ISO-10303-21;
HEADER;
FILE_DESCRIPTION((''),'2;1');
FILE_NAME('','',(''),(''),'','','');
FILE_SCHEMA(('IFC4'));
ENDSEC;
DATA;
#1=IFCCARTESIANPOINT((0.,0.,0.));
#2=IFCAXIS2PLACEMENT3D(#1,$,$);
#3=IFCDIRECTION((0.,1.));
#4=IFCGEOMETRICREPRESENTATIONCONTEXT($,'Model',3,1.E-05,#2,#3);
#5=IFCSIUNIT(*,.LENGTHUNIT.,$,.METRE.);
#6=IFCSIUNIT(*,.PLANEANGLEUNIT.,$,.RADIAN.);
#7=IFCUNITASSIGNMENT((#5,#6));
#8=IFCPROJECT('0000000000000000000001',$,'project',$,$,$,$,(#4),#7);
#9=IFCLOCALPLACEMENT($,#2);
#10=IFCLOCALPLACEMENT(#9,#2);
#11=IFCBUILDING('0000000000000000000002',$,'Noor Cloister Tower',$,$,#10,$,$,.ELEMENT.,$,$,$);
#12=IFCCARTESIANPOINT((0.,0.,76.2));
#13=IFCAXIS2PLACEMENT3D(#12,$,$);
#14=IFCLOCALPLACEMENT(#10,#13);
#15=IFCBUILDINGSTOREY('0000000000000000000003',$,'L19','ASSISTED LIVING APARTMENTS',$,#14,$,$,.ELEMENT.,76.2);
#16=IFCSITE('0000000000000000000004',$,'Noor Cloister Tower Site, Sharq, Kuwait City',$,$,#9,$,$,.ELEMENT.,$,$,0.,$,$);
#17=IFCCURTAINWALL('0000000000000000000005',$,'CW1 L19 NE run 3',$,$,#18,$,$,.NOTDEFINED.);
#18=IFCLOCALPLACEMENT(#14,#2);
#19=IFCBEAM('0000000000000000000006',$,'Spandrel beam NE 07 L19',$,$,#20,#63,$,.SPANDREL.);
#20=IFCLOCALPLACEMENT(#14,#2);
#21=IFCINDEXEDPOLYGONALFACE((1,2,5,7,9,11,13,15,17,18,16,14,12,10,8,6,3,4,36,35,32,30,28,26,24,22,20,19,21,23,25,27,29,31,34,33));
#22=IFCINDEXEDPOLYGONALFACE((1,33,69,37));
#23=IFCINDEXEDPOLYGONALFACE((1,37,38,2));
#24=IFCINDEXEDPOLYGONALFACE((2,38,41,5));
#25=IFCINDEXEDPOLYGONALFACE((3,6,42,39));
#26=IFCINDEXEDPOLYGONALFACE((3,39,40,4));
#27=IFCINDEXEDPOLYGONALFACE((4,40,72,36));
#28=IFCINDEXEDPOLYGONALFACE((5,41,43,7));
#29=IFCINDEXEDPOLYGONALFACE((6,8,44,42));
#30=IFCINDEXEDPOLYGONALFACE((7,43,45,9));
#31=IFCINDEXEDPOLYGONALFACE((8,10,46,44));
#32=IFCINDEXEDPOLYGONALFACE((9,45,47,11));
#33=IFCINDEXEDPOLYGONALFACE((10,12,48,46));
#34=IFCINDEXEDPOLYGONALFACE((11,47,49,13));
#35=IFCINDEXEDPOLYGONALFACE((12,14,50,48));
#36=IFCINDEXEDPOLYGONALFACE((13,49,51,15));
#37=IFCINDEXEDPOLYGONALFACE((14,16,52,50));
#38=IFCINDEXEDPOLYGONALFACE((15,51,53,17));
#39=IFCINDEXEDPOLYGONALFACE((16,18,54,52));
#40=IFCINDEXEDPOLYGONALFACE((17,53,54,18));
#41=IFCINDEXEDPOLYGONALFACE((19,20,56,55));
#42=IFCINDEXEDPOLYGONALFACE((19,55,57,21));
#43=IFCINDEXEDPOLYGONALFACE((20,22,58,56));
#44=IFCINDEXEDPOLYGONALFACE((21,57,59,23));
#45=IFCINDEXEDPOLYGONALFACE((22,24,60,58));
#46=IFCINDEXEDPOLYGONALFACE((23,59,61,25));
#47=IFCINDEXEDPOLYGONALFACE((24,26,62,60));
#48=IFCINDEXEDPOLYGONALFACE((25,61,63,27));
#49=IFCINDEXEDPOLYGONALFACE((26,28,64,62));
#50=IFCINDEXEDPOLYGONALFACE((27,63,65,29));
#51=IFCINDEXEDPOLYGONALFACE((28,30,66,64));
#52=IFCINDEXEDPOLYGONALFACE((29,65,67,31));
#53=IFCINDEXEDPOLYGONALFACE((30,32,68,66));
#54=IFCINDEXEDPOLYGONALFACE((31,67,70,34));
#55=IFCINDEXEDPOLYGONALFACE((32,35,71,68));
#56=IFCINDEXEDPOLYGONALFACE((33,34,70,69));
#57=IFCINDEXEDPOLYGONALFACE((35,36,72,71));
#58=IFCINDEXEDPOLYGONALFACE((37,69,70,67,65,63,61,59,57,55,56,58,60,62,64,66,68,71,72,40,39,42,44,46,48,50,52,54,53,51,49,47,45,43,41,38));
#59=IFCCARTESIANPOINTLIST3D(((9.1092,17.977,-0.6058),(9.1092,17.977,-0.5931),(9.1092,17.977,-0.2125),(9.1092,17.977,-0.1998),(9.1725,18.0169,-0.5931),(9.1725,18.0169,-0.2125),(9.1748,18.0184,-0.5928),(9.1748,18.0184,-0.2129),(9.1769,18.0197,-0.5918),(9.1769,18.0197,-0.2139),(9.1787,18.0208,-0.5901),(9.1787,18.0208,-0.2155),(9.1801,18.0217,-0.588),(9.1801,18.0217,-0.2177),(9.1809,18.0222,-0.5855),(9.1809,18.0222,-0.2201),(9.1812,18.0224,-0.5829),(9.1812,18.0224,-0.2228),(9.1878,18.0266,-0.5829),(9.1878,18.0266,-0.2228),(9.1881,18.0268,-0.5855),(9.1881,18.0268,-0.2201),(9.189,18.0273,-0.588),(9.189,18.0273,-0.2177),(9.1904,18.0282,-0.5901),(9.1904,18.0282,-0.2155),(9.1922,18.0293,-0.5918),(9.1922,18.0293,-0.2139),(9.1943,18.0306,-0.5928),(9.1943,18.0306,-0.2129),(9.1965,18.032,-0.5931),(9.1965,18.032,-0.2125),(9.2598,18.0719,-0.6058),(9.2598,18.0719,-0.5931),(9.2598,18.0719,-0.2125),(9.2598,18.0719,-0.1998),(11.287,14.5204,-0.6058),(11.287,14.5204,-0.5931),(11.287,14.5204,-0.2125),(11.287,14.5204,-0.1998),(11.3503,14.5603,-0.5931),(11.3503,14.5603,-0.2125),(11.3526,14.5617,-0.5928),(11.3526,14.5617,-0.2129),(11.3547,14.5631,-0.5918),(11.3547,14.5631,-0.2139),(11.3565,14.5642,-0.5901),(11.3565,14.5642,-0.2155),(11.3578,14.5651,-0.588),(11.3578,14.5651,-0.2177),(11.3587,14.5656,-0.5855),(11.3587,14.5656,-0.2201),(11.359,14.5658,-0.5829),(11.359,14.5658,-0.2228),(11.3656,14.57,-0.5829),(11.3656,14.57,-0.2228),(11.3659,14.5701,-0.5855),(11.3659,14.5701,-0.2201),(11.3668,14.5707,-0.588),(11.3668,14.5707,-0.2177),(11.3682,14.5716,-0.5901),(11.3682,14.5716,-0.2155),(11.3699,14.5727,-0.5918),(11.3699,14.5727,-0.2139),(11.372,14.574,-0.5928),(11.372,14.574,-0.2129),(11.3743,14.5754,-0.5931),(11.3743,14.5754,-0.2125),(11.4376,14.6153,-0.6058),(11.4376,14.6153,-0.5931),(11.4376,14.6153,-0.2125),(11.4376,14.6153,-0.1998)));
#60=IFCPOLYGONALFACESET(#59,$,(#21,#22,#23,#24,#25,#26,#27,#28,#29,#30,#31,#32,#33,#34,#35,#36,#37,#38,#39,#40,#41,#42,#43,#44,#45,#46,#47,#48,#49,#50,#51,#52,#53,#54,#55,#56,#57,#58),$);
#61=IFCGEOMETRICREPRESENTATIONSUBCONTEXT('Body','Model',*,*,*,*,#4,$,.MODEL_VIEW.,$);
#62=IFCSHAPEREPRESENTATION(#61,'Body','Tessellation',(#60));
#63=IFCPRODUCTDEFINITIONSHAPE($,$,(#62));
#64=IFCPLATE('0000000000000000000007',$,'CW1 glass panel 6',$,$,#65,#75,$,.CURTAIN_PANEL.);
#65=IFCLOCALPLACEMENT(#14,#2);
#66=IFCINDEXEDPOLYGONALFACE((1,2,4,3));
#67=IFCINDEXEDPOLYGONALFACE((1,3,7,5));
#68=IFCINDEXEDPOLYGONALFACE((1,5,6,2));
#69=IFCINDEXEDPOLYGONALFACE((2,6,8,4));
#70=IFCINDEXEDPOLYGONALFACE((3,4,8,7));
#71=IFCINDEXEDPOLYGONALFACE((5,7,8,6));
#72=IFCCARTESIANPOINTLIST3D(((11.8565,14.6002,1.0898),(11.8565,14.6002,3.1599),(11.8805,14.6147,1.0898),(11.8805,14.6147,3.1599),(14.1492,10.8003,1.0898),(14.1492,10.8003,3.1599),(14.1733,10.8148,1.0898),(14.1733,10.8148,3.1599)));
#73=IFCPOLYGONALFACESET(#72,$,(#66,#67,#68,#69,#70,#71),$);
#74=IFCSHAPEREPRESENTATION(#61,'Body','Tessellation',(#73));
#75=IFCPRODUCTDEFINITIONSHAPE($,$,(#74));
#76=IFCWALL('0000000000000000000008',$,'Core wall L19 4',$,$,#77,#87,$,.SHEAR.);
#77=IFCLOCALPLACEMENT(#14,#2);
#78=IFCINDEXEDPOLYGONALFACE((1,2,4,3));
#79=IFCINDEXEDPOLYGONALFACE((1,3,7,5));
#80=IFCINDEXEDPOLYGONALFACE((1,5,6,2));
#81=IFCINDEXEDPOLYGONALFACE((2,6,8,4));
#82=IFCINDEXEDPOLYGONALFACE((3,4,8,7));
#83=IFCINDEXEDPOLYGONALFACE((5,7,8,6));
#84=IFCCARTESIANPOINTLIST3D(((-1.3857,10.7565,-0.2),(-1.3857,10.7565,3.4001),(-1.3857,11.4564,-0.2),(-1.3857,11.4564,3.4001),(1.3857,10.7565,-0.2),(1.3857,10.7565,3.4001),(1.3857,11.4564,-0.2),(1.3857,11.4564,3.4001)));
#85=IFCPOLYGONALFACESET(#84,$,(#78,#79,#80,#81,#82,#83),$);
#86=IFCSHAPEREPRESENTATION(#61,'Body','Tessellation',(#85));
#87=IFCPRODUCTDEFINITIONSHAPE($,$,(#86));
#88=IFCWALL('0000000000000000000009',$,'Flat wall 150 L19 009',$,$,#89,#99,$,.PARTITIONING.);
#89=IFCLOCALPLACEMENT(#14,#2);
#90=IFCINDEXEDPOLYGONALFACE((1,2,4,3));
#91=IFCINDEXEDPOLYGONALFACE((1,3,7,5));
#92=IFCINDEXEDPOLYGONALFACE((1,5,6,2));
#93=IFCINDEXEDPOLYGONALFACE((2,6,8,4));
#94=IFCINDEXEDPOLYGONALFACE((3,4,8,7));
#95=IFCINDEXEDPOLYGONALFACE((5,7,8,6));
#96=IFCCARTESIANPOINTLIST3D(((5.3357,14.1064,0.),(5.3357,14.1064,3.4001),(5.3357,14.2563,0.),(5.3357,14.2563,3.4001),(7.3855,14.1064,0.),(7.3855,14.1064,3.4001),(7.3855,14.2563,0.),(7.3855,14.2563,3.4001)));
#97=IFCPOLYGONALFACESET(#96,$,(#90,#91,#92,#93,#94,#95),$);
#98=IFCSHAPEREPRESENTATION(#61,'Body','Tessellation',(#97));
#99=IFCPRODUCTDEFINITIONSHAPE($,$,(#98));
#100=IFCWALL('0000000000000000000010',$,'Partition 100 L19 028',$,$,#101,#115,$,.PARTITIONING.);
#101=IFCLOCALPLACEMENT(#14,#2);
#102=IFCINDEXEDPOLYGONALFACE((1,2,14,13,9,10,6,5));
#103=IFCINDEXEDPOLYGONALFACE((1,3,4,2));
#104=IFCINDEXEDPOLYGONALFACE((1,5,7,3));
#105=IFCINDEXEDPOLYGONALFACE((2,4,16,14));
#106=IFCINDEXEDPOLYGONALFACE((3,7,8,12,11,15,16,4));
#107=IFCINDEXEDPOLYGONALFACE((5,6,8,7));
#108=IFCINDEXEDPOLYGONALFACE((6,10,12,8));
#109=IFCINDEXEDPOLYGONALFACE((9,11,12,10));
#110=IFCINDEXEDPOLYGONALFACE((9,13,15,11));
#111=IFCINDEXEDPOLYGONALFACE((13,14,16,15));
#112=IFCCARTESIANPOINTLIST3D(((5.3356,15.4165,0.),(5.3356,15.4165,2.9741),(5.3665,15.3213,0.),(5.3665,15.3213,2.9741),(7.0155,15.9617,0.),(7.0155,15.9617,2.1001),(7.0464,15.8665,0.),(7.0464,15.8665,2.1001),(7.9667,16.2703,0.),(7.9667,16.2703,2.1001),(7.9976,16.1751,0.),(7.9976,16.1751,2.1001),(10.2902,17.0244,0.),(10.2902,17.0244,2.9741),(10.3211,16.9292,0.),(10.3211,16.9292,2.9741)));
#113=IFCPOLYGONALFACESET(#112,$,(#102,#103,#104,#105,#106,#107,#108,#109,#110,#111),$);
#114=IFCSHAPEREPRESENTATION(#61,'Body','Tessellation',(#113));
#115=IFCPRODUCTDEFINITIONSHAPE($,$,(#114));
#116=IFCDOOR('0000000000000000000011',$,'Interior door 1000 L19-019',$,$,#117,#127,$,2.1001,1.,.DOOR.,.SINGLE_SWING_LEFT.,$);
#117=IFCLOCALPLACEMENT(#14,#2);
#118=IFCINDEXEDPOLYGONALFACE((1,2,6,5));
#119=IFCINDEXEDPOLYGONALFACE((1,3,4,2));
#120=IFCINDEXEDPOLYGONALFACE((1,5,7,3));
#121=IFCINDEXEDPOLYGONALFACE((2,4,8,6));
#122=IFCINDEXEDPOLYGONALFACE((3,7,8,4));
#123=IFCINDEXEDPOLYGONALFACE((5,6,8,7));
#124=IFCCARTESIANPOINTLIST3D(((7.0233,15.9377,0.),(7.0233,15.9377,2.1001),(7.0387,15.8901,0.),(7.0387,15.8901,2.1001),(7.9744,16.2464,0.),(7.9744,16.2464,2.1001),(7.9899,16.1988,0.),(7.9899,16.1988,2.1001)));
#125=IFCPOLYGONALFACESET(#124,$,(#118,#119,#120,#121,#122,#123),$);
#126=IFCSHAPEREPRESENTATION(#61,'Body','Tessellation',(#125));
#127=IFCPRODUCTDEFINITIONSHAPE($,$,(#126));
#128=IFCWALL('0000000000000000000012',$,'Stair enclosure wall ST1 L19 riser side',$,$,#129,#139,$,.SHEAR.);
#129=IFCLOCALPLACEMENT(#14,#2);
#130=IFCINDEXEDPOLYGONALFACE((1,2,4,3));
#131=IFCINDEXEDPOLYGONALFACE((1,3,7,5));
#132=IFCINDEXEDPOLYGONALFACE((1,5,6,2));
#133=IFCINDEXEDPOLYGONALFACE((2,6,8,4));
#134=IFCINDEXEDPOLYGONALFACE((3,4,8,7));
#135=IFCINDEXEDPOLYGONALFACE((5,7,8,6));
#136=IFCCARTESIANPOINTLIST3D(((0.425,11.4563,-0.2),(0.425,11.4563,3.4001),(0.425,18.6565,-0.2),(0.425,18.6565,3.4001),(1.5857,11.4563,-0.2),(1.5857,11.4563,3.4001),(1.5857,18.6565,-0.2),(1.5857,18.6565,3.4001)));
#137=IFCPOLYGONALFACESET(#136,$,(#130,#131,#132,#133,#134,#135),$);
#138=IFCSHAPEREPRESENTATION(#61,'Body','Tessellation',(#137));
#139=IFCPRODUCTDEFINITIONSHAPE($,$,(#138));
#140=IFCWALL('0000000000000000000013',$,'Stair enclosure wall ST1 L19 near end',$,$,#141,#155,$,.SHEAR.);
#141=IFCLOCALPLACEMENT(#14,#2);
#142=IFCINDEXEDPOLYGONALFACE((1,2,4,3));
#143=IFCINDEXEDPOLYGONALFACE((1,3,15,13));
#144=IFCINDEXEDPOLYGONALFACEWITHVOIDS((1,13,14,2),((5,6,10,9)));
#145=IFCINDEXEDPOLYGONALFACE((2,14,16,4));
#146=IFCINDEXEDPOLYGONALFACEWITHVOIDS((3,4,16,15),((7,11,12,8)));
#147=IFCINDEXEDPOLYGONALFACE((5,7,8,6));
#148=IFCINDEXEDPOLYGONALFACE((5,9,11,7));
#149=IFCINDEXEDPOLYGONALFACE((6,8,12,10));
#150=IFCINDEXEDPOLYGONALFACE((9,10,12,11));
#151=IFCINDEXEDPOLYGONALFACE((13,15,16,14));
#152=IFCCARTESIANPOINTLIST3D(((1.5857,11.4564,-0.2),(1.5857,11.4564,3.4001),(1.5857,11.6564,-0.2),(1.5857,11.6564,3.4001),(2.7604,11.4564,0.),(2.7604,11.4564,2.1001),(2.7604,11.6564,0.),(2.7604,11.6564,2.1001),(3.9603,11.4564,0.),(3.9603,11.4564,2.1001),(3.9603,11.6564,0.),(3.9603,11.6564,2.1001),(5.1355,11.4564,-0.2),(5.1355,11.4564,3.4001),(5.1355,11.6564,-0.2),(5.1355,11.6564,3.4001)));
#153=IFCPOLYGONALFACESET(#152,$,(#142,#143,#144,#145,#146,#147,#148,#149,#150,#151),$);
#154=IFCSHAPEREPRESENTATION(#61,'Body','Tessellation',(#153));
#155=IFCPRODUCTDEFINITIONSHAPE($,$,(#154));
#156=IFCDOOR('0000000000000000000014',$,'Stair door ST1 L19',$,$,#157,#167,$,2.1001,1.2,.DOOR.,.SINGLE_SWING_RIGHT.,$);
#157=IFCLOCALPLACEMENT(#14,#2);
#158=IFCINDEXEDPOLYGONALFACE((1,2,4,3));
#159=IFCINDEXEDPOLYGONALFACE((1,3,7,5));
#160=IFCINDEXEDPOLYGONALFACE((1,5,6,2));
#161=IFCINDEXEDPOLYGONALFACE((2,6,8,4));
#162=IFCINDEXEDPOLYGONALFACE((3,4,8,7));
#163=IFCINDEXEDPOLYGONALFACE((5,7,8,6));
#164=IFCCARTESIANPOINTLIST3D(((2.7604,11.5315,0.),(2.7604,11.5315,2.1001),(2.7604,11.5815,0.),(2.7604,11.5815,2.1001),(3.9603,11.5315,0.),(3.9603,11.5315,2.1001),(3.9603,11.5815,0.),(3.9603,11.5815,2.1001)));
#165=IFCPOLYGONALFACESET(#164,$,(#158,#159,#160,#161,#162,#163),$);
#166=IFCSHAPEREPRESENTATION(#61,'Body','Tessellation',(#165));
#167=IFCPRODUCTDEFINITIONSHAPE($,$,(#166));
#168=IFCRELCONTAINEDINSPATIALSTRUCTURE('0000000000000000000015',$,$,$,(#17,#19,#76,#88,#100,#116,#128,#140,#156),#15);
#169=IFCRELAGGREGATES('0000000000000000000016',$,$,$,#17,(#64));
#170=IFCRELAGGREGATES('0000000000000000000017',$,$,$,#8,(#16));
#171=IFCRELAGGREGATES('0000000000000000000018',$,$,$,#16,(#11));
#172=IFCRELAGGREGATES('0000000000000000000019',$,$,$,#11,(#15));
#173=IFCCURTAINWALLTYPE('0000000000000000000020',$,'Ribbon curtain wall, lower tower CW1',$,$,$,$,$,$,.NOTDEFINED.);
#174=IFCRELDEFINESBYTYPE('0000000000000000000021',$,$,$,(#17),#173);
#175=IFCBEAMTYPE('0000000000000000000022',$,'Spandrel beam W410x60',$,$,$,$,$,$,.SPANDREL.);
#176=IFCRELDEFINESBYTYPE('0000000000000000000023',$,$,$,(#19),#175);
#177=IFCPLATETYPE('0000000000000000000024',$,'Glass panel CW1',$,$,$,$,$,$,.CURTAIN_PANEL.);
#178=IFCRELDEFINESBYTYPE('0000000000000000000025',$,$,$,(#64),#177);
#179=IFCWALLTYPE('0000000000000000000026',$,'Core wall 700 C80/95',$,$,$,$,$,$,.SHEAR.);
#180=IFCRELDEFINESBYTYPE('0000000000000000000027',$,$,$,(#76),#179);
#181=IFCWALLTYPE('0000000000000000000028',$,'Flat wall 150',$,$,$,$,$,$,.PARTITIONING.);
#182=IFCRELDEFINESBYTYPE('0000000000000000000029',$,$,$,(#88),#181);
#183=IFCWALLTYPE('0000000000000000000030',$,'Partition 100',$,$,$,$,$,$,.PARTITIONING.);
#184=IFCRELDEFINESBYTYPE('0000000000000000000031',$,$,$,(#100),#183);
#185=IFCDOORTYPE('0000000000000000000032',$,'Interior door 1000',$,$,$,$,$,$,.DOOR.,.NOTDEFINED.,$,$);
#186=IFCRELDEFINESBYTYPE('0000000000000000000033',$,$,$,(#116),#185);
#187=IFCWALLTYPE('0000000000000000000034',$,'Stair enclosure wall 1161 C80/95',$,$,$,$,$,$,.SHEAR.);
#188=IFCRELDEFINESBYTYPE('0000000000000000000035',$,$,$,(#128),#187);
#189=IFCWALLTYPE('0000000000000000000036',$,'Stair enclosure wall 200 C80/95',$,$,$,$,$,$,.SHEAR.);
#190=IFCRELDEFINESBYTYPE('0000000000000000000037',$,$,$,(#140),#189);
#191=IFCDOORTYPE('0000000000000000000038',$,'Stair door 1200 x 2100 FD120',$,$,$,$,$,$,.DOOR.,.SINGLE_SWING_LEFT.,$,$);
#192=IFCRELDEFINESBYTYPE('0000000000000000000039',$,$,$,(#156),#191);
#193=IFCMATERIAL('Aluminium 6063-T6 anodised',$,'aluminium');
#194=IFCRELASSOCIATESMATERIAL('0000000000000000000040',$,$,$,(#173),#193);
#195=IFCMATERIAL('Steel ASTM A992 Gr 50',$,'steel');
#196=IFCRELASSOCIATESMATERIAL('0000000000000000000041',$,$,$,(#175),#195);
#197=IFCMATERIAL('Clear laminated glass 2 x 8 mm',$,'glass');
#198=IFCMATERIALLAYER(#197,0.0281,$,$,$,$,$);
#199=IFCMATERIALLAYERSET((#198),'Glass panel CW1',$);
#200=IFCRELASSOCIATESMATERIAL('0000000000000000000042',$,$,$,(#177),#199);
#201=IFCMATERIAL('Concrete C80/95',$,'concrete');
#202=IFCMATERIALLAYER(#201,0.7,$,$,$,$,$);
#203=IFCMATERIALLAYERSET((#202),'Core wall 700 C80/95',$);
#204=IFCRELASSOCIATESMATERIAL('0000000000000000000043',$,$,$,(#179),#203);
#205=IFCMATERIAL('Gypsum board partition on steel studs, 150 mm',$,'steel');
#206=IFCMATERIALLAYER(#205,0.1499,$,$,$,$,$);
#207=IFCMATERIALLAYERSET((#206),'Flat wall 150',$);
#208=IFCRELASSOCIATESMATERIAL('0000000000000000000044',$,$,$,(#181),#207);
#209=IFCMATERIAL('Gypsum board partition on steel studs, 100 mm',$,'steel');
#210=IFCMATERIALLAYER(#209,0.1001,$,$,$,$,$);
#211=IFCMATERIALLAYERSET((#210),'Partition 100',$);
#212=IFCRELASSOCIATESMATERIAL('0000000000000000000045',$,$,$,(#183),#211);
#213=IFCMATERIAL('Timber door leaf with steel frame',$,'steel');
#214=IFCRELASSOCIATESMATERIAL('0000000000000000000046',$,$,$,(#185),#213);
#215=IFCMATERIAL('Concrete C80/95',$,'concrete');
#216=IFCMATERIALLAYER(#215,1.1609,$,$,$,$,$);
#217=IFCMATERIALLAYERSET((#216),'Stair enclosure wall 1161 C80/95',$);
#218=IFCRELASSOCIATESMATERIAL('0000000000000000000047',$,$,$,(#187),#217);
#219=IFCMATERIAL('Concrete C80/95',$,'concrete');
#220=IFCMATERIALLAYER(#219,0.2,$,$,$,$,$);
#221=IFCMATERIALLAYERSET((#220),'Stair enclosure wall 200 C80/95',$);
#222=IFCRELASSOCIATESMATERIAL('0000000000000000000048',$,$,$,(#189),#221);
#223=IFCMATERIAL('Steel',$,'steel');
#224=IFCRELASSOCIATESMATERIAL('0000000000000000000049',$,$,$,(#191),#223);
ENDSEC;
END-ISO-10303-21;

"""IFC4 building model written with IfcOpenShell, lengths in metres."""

from ifc_helpers import new_model, si_unit, direction, frame, frame_2d, origin, origin_2d, place, context, subcontext, project, spatial, rectangle, i_section, extrude, material, layer, layer_set, material_profile, profile_set, type_object, element, fill, aggregate, save


model = new_model("IFC4")

# Units and contexts
model_context = context("Model", 3, precision=1e-05, world=origin(), true_north=direction((0.0, 1.0)))
body_context = subcontext(model_context, "Body", "Model", "MODEL_VIEW")
ifc_project = project(units=[si_unit("LENGTHUNIT", "METRE"), si_unit("PLANEANGLEUNIT", "RADIAN")], contexts=[model_context])

# Site, building, storey
site_placement = place(None, origin())
site = spatial("IfcSite", under=ifc_project, at=site_placement, Name="Noor Cloister Tower Site, Sharq, Kuwait City", CompositionType="ELEMENT", RefElevation=0.0)
building_placement = place(site_placement, origin())
building = spatial("IfcBuilding", under=site, at=building_placement, Name="Noor Cloister Tower", CompositionType="ELEMENT")
storey_placement = place(building_placement, frame((0.0, 0.0, 76.2)))
storey = spatial("IfcBuildingStorey", under=building, at=storey_placement, Name="L19", Description="ASSISTED LIVING APARTMENTS", CompositionType="ELEMENT", Elevation=76.2)

# Curtain wall
ifc_material_1 = material(Name="Aluminium 6063-T6 anodised", Category="aluminium")
curtain_wall_type = type_object("IfcCurtainWallType", Name="Ribbon curtain wall, lower tower CW1", PredefinedType="NOTDEFINED", material=ifc_material_1)
curtain_wall_placement = place(storey_placement, origin())
curtain_wall = element("IfcCurtainWall", 1, at=curtain_wall_placement, inside=storey, type_object=curtain_wall_type, Name="CW1 L19 NE run 3", PredefinedType="NOTDEFINED")

# Beam
ifc_material_2 = material(Name="Steel ASTM A992 Gr 50", Category="steel")
ifc_material_profile_1 = material_profile(ifc_material_2, i_section(OverallWidth=0.178, OverallDepth=0.406, WebThickness=0.0078, FlangeThickness=0.0127, FilletRadius=0.0103, at=origin_2d()), Name="W410x60")
ifc_profile_set_1 = profile_set([ifc_material_profile_1], Name="Steel ASTM A992 Gr 50")
beam_type_1 = type_object("IfcBeamType", Name="Spandrel beam W410x60", PredefinedType="SPANDREL", material=ifc_profile_set_1)
beam_1_placement = place(storey_placement, frame((11.3623, 14.5679, -0.4028), z_axis=(-0.533057, 0.846079, 0.0), x_axis=(-0.846079, -0.533057, 0.0)))
element("IfcBeam", 2, at=beam_1_placement, inside=storey, type_object=beam_type_1, Name="Spandrel beam NE 07 L19", PredefinedType="SPANDREL", context=body_context, shape_type="SweptSolid", body=[
    extrude(i_section(OverallWidth=0.178, OverallDepth=0.406, WebThickness=0.0078, FlangeThickness=0.0127, FilletRadius=0.0103, at=origin_2d()), origin(), (0.0, 0.0, 1.0), 4.0854),
])

# Plate
ifc_material_3 = material(Name="Clear laminated glass 2 x 8 mm", Category="glass")
ifc_layer_1 = layer(ifc_material_3, 0.0281)
ifc_layer_set_1 = layer_set([ifc_layer_1], Name="Glass panel CW1")
plate_type = type_object("IfcPlateType", Name="Glass panel CW1", PredefinedType="CURTAIN_PANEL", material=ifc_layer_set_1)
plate_placement = place(storey_placement, frame((13.0149, 12.7075, 1.0898), z_axis=(0.0, 0.0, 1.0), x_axis=(-0.516614, 0.856219, 0.0)))
plate = element("IfcPlate", 3, at=plate_placement, type_object=plate_type, Name="CW1 glass panel 6", PredefinedType="CURTAIN_PANEL", context=body_context, shape_type="SweptSolid", body=[
    extrude(rectangle(XDim=4.438, YDim=0.0281, at=origin_2d()), origin(), (0.0, 0.0, 1.0), 2.0701),
])
aggregate(curtain_wall, [plate])

# Walls
ifc_material_4 = material(Name="Concrete C80/95", Category="concrete")
ifc_layer_2 = layer(ifc_material_4, 0.7)
ifc_layer_set_2 = layer_set([ifc_layer_2], Name="Core wall 700 C80/95")
wall_type_1 = type_object("IfcWallType", Name="Core wall 700 C80/95", PredefinedType="SHEAR", material=ifc_layer_set_2)
wall_1_placement = place(storey_placement, frame((1.3857, 11.1064, -0.2), z_axis=(0.0, 0.0, 1.0), x_axis=(-1.0, 0.0, 0.0)))
element("IfcWall", 4, at=wall_1_placement, inside=storey, type_object=wall_type_1, Name="Core wall L19 4", PredefinedType="SHEAR", context=body_context, shape_type="SweptSolid", body=[
    extrude(rectangle(XDim=2.7715, YDim=0.7, at=frame_2d((1.3857, 0.0))), origin(), (0.0, 0.0, 1.0), 3.6001),
])
ifc_material_5 = material(Name="Gypsum board partition on steel studs, 150 mm", Category="steel")
ifc_layer_3 = layer(ifc_material_5, 0.1499)
ifc_layer_set_3 = layer_set([ifc_layer_3], Name="Flat wall 150")
wall_type_2 = type_object("IfcWallType", Name="Flat wall 150", PredefinedType="PARTITIONING", material=ifc_layer_set_3)
wall_2_placement = place(storey_placement, frame((5.3357, 14.1814, 0.0), z_axis=(0.0, 0.0, 1.0), x_axis=(1.0, 0.0, 0.0)))
element("IfcWall", 5, at=wall_2_placement, inside=storey, type_object=wall_type_2, Name="Flat wall 150 L19 009", PredefinedType="PARTITIONING", context=body_context, shape_type="SweptSolid", body=[
    extrude(rectangle(XDim=2.0498, YDim=0.1499, at=frame_2d((1.0249, 0.0))), origin(), (0.0, 0.0, 1.0), 3.4001),
])

# Wall, opening, door
ifc_material_6 = material(Name="Gypsum board partition on steel studs, 100 mm", Category="steel")
ifc_layer_4 = layer(ifc_material_6, 0.1001)
ifc_layer_set_4 = layer_set([ifc_layer_4], Name="Partition 100")
wall_type_3 = type_object("IfcWallType", Name="Partition 100", PredefinedType="PARTITIONING", material=ifc_layer_set_4)
wall_3_placement = place(storey_placement, frame((5.3511, 15.3689, 0.0), z_axis=(0.0, 0.0, 1.0), x_axis=(0.951166, 0.308681, 0.0)))
wall_3 = element("IfcWall", 6, at=wall_3_placement, inside=storey, type_object=wall_type_3, Name="Partition 100 L19 028", PredefinedType="PARTITIONING", context=body_context, shape_type="SweptSolid", body=[
    extrude(rectangle(XDim=5.209, YDim=0.1001, at=frame_2d((2.6045, 0.0))), origin(), (0.0, 0.0, 1.0), 2.9741),
])
opening_1_placement = place(wall_3_placement, frame((1.7661, 0.0, 0.0)))
opening_1 = element("IfcOpeningElement", 7, at=opening_1_placement, cuts=wall_3, PredefinedType="OPENING", context=body_context, shape_type="SweptSolid", body=[
    extrude(rectangle(XDim=1.0, YDim=2.1001, at=frame_2d((0.5, 1.05))), frame((0.0, 0.0601, 0.0), z_axis=(0.0, -1.0, 0.0), x_axis=(1.0, 0.0, 0.0)), (0.0, 0.0, 1.0), 0.1201),
])
ifc_material_7 = material(Name="Timber door leaf with steel frame", Category="steel")
door_type_1 = type_object("IfcDoorType", Name="Interior door 1000", OperationType="NOTDEFINED", PredefinedType="DOOR", material=ifc_material_7)
door_1_placement = place(opening_1_placement, origin())
door_1 = element("IfcDoor", 8, at=door_1_placement, inside=storey, type_object=door_type_1, Name="Interior door 1000 L19-019", OperationType="SINGLE_SWING_LEFT", OverallHeight=2.1001, OverallWidth=1.0, PredefinedType="DOOR", context=body_context, shape_type="SweptSolid", body=[
    extrude(rectangle(XDim=1.0, YDim=2.1001, at=frame_2d((0.5, 1.05))), frame((0.0, 0.0249, 0.0), z_axis=(0.0, -1.0, 0.0), x_axis=(1.0, 0.0, 0.0)), (0.0, 0.0, 1.0), 0.05),
])
fill(opening_1, door_1)

# Wall
ifc_material_8 = material(Name="Concrete C80/95", Category="concrete")
ifc_layer_5 = layer(ifc_material_8, 1.1609)
ifc_layer_set_5 = layer_set([ifc_layer_5], Name="Stair enclosure wall 1161 C80/95")
wall_type_4 = type_object("IfcWallType", Name="Stair enclosure wall 1161 C80/95", PredefinedType="SHEAR", material=ifc_layer_set_5)
wall_4_placement = place(storey_placement, frame((1.0054, 11.4563, -0.2), z_axis=(0.0, 0.0, 1.0), x_axis=(0.0, 1.0, 0.0)))
element("IfcWall", 9, at=wall_4_placement, inside=storey, type_object=wall_type_4, Name="Stair enclosure wall ST1 L19 riser side", PredefinedType="SHEAR", context=body_context, shape_type="SweptSolid", body=[
    extrude(rectangle(XDim=7.2002, YDim=1.1606, at=frame_2d((3.6001, 0.0))), origin(), (0.0, 0.0, 1.0), 3.6001),
])

# Wall, opening, door
ifc_material_9 = material(Name="Concrete C80/95", Category="concrete")
ifc_layer_6 = layer(ifc_material_9, 0.2)
ifc_layer_set_6 = layer_set([ifc_layer_6], Name="Stair enclosure wall 200 C80/95")
wall_type_5 = type_object("IfcWallType", Name="Stair enclosure wall 200 C80/95", PredefinedType="SHEAR", material=ifc_layer_set_6)
wall_5_placement = place(storey_placement, frame((5.1355, 11.5564, -0.2), z_axis=(0.0, 0.0, 1.0), x_axis=(-1.0, 0.0, 0.0)))
wall_5 = element("IfcWall", 10, at=wall_5_placement, inside=storey, type_object=wall_type_5, Name="Stair enclosure wall ST1 L19 near end", PredefinedType="SHEAR", context=body_context, shape_type="SweptSolid", body=[
    extrude(rectangle(XDim=3.5498, YDim=0.2, at=frame_2d((1.7749, 0.0))), origin(), (0.0, 0.0, 1.0), 3.6001),
])
opening_2_placement = place(wall_5_placement, frame((1.175, 0.0, 0.2)))
opening_2 = element("IfcOpeningElement", 11, at=opening_2_placement, cuts=wall_5, PredefinedType="OPENING", context=body_context, shape_type="SweptSolid", body=[
    extrude(rectangle(XDim=1.2, YDim=2.1001, at=frame_2d((0.6001, 1.05))), frame((0.0, 0.1099, 0.0), z_axis=(0.0, -1.0, 0.0), x_axis=(1.0, 0.0, 0.0)), (0.0, 0.0, 1.0), 0.22),
])
ifc_material_10 = material(Name="Steel", Category="steel")
door_type_2 = type_object("IfcDoorType", Name="Stair door 1200 x 2100 FD120", OperationType="SINGLE_SWING_LEFT", PredefinedType="DOOR", material=ifc_material_10)
door_2_placement = place(opening_2_placement, origin())
door_2 = element("IfcDoor", 12, at=door_2_placement, inside=storey, type_object=door_type_2, Name="Stair door ST1 L19", OperationType="SINGLE_SWING_RIGHT", OverallHeight=2.1001, OverallWidth=1.2, PredefinedType="DOOR", context=body_context, shape_type="SweptSolid", body=[
    extrude(rectangle(XDim=1.2, YDim=2.1001, at=frame_2d((0.6001, 1.05))), frame((0.0, 0.0249, 0.0), z_axis=(0.0, -1.0, 0.0), x_axis=(1.0, 0.0, 0.0)), (0.0, 0.0, 1.0), 0.05),
])
fill(opening_2, door_2)

save(model, "model.ifc")
